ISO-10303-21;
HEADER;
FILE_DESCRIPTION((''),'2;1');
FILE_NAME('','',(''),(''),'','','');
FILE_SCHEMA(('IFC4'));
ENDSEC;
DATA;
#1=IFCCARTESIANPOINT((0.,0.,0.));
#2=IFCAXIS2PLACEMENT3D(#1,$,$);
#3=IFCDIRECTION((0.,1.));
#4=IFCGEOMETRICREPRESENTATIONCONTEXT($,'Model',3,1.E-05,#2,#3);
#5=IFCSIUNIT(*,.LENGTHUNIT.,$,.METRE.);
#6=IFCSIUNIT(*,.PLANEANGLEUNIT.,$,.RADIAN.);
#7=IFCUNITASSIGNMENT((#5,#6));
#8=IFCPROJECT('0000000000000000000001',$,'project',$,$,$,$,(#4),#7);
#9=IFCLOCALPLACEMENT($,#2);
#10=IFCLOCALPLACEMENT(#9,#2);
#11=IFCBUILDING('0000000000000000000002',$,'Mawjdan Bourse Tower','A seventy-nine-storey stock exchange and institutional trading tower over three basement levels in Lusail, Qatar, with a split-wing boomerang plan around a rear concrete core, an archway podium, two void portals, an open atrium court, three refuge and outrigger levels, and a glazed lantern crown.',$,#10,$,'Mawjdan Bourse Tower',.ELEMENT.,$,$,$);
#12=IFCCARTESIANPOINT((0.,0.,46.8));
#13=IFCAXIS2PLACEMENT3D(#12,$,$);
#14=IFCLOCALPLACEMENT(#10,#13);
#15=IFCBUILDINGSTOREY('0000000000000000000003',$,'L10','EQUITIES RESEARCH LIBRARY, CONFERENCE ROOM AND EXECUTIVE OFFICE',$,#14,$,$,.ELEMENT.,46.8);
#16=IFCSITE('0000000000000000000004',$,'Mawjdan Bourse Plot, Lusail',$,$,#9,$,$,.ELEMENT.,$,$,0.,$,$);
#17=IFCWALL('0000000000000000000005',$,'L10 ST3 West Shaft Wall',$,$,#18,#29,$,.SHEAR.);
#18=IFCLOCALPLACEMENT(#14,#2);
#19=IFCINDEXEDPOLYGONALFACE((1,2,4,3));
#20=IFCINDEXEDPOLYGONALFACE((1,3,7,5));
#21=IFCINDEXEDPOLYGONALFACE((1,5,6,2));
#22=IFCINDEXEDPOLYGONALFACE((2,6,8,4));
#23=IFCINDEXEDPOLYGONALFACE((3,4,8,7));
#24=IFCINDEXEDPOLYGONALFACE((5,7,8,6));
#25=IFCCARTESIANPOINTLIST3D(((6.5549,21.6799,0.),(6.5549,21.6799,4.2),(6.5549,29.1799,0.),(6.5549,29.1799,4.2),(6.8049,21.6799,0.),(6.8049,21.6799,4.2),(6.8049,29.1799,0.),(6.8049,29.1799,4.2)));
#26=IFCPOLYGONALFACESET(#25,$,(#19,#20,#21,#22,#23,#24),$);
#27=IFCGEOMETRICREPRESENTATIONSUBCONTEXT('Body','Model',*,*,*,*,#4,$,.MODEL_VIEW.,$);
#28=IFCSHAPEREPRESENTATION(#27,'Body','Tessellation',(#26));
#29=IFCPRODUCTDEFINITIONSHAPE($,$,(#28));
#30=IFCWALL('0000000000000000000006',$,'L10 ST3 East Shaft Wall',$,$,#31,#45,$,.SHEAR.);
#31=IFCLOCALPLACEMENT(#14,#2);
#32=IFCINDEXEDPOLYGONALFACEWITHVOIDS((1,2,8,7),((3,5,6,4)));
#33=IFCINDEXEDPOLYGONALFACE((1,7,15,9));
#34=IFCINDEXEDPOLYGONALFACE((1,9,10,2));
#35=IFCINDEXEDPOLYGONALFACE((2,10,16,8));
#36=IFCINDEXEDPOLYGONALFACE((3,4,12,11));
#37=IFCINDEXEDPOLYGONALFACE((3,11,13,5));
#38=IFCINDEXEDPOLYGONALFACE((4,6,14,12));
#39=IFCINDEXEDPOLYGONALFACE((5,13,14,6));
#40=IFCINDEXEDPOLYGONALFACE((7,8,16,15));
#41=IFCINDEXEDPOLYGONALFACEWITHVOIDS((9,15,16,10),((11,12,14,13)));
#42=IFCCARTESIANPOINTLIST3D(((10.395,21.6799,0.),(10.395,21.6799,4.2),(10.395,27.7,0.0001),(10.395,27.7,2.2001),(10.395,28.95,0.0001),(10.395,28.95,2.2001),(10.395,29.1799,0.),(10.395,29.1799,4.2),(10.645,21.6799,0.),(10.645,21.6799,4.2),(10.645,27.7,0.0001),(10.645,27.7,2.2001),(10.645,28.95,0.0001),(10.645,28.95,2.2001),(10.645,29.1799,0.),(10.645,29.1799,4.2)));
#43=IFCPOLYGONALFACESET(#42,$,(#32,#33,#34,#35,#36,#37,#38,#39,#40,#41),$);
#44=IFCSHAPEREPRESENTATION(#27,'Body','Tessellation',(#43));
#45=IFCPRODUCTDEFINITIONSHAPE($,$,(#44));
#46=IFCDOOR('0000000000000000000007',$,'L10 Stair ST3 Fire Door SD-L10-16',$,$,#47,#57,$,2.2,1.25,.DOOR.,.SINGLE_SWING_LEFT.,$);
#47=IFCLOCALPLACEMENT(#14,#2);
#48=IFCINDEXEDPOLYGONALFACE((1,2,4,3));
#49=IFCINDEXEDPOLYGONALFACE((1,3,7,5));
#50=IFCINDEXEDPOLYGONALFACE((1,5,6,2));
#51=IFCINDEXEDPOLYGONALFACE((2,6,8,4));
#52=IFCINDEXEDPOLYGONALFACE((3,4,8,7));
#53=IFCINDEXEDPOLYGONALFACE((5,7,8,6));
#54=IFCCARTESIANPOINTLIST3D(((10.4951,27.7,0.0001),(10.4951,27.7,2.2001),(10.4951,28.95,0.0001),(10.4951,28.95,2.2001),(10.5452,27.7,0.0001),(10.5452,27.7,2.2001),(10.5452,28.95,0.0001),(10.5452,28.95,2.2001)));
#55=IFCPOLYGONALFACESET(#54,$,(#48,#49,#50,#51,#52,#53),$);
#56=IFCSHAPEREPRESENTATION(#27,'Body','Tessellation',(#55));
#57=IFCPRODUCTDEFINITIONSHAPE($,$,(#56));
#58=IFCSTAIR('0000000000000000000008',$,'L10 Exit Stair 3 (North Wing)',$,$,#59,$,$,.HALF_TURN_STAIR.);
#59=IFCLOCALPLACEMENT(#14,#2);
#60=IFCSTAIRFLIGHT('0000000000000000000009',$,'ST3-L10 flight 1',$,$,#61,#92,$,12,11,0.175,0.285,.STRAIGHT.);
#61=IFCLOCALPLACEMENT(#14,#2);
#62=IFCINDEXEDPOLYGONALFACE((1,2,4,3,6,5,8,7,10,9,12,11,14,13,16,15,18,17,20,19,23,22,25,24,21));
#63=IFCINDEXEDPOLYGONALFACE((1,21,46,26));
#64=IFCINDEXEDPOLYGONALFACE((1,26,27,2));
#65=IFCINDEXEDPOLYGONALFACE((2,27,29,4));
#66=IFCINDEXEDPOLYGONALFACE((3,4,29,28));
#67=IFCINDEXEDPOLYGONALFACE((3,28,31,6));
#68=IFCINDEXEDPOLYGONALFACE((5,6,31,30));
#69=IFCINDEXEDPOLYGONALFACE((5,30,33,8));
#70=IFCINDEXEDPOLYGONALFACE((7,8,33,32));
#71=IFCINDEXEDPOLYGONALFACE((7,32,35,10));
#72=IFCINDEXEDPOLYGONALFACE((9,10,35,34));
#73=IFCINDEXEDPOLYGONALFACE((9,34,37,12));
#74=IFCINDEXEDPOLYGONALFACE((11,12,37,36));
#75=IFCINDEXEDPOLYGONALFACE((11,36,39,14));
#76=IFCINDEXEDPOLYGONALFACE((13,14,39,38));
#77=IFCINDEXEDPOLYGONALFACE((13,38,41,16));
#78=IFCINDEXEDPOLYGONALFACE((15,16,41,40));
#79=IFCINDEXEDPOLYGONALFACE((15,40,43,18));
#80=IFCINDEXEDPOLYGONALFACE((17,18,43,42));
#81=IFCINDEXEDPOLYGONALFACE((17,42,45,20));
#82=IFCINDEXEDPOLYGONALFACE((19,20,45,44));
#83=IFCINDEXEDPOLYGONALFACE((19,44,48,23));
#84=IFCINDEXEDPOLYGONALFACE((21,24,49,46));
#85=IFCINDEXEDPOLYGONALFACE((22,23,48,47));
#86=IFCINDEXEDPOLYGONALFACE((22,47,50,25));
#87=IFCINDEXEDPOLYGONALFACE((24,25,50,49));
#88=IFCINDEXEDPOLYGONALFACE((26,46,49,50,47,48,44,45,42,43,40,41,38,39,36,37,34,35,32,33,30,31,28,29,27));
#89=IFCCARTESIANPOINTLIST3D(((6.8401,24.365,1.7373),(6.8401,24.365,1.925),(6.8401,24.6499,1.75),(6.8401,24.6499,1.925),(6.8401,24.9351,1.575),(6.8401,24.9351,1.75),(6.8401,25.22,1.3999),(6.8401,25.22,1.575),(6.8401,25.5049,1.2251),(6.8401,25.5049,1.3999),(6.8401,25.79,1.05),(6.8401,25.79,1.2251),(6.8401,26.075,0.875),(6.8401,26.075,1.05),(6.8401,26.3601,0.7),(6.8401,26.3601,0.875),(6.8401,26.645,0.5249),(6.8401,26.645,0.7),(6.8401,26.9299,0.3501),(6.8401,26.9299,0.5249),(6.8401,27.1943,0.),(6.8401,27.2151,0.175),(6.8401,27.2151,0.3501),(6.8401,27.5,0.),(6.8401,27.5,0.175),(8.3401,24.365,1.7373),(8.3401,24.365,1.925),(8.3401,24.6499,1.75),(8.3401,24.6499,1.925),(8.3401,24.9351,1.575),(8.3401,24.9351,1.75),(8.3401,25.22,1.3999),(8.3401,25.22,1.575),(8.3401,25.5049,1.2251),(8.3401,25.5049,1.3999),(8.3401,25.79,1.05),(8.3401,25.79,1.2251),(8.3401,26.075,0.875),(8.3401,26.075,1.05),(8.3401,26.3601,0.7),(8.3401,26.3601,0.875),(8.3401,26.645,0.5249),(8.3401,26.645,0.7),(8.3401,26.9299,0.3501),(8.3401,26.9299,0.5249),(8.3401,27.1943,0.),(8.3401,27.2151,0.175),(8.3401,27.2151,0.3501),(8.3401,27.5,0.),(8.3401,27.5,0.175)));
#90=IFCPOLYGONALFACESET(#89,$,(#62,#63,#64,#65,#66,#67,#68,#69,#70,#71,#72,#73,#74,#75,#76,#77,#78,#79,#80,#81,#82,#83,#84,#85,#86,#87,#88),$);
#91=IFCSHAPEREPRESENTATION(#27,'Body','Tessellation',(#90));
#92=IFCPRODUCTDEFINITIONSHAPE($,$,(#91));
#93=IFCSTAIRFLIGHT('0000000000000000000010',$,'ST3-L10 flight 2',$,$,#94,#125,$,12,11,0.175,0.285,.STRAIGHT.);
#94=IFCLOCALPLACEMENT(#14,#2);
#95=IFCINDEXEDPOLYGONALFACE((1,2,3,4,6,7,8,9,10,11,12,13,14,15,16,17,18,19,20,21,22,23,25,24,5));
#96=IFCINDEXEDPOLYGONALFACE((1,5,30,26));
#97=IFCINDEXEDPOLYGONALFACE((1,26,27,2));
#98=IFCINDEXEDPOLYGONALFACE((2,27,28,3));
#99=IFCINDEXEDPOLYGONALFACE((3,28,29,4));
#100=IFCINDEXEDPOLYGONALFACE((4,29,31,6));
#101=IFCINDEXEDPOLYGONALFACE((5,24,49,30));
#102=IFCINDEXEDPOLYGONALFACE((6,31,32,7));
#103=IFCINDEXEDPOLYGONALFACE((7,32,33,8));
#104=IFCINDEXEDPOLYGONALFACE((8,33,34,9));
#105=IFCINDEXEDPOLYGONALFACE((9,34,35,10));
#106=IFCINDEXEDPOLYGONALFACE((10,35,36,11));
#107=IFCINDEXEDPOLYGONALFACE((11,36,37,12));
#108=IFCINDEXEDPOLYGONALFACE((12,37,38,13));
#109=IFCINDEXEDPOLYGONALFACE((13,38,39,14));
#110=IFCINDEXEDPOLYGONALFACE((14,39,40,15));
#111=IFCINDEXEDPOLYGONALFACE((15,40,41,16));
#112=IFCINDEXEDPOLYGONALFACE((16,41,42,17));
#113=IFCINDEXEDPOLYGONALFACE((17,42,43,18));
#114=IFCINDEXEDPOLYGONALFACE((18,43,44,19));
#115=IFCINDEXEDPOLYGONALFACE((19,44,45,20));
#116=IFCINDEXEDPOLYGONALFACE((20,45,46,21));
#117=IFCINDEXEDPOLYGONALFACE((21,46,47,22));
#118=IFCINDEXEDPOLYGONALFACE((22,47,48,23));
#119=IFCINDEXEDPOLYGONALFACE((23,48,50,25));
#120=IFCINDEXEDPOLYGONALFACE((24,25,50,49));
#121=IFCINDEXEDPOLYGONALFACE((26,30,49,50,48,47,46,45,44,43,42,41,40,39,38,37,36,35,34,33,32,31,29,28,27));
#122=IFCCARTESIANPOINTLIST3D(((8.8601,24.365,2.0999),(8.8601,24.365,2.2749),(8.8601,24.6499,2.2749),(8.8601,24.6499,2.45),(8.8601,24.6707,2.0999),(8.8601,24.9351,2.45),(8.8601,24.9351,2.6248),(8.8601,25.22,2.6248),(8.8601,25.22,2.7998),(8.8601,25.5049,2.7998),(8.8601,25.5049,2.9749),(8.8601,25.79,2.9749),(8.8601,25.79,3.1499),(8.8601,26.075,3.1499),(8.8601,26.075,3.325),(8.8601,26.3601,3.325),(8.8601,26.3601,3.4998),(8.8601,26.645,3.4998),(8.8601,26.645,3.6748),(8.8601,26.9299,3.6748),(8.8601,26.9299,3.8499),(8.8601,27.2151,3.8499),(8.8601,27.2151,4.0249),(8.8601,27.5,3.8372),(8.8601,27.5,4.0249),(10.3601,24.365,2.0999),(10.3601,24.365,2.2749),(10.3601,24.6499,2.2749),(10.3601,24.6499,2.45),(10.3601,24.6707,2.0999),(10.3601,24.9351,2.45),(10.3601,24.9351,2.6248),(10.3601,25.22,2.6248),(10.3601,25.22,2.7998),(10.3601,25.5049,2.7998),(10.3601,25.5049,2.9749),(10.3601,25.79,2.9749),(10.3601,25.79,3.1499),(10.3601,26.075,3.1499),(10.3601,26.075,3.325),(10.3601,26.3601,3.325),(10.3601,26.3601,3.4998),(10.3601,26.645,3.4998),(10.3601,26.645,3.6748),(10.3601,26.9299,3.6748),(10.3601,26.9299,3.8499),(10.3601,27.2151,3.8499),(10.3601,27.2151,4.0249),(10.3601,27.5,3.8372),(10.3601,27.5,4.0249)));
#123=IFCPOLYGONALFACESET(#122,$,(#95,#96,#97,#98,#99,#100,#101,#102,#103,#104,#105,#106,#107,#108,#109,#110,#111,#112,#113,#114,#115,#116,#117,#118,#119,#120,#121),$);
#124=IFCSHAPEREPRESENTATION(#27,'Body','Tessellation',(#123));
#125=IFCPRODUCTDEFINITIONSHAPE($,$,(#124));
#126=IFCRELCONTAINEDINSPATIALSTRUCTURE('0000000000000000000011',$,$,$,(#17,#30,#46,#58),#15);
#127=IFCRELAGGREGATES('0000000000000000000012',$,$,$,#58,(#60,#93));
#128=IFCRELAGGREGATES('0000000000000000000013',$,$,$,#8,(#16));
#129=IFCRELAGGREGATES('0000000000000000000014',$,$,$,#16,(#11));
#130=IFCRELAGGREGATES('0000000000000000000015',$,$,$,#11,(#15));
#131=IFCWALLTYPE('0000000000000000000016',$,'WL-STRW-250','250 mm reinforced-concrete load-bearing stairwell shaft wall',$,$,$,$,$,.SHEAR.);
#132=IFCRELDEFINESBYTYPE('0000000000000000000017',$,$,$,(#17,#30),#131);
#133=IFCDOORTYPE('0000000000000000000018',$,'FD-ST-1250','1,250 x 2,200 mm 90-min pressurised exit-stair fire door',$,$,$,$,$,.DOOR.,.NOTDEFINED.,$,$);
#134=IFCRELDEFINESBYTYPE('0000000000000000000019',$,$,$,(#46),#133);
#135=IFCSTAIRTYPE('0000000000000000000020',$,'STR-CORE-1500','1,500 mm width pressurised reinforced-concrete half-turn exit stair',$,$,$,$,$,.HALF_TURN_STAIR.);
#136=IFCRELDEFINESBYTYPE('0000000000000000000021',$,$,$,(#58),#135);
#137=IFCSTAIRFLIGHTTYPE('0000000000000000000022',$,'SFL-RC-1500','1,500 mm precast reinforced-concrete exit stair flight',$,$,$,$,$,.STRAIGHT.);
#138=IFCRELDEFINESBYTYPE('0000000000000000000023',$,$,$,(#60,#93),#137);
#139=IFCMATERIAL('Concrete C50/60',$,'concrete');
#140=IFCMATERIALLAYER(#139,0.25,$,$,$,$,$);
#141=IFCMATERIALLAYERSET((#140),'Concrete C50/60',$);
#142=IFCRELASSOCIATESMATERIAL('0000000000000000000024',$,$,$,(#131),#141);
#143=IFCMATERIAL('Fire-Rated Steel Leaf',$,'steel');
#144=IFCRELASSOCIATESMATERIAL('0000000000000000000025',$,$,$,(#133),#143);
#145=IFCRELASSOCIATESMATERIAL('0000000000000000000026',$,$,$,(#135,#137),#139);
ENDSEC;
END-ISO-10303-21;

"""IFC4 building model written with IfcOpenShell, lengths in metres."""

from ifc_helpers import new_model, si_unit, direction, frame, frame_2d, origin, place, context, subcontext, project, spatial, polyline, rectangle, outline, extrude, material, layer, layer_set, type_object, element, fill, aggregate, save


model = new_model("IFC4")

# Units and contexts
model_context = context("Model", 3, precision=1e-05, world=origin(), true_north=direction((0.0, 1.0)))
body_context = subcontext(model_context, "Body", "Model", "MODEL_VIEW")
ifc_project = project(units=[si_unit("LENGTHUNIT", "METRE"), si_unit("PLANEANGLEUNIT", "RADIAN")], contexts=[model_context])

# Site, building, storey
site_placement = place(None, origin())
site = spatial("IfcSite", under=ifc_project, at=site_placement, Name="Mawjdan Bourse Plot, Lusail", CompositionType="ELEMENT", RefElevation=0.0)
building_placement = place(site_placement, origin())
building = spatial("IfcBuilding", under=site, at=building_placement, Name="Mawjdan Bourse Tower", Description="A seventy-nine-storey stock exchange and institutional trading tower over three basement levels in Lusail, Qatar, with a split-wing boomerang plan around a rear concrete core, an archway podium, two void portals, an open atrium court, three refuge and outrigger levels, and a glazed lantern crown.", LongName="Mawjdan Bourse Tower", CompositionType="ELEMENT")
storey_placement = place(building_placement, frame((0.0, 0.0, 46.8)))
storey = spatial("IfcBuildingStorey", under=building, at=storey_placement, Name="L10", Description="EQUITIES RESEARCH LIBRARY, CONFERENCE ROOM AND EXECUTIVE OFFICE", CompositionType="ELEMENT", Elevation=46.8)

# Wall
ifc_material_1 = material(Name="Concrete C50/60", Category="concrete")
ifc_layer_1 = layer(ifc_material_1, 0.25)
ifc_layer_set_1 = layer_set([ifc_layer_1], Name="Concrete C50/60")
wall_type_1 = type_object("IfcWallType", Name="WL-STRW-250", Description="250 mm reinforced-concrete load-bearing stairwell shaft wall", PredefinedType="SHEAR", material=ifc_layer_set_1)
wall_1_placement = place(storey_placement, frame((6.6799, 21.6799, 0.0), z_axis=(0.0, 0.0, 1.0), x_axis=(0.0, 1.0, 0.0)))
element("IfcWall", 1, at=wall_1_placement, inside=storey, type_object=wall_type_1, Name="L10 ST3 West Shaft Wall", PredefinedType="SHEAR", context=body_context, shape_type="SweptSolid", body=[
    extrude(rectangle(XDim=7.5, YDim=0.25, at=frame_2d((3.75, 0.0))), origin(), (0.0, 0.0, 1.0), 4.2),
])

# Wall, opening, door
wall_2_placement = place(storey_placement, frame((10.52, 21.6799, 0.0), z_axis=(0.0, 0.0, 1.0), x_axis=(0.0, 1.0, 0.0)))
wall_2 = element("IfcWall", 2, at=wall_2_placement, inside=storey, type_object=wall_type_1, Name="L10 ST3 East Shaft Wall", PredefinedType="SHEAR", context=body_context, shape_type="SweptSolid", body=[
    extrude(rectangle(XDim=7.5, YDim=0.25, at=frame_2d((3.75, 0.0))), origin(), (0.0, 0.0, 1.0), 4.2),
])
opening_placement = place(wall_2_placement, frame((6.02, 0.0, 0.0)))
opening = element("IfcOpeningElement", 3, at=opening_placement, cuts=wall_2, PredefinedType="OPENING", context=body_context, shape_type="SweptSolid", body=[
    extrude(rectangle(XDim=1.25, YDim=2.2, at=frame_2d((0.625, 1.1001))), frame((0.0, 0.135, 0.0), z_axis=(0.0, -1.0, 0.0), x_axis=(1.0, 0.0, 0.0)), (0.0, 0.0, 1.0), 0.27),
])
ifc_material_2 = material(Name="Fire-Rated Steel Leaf", Category="steel")
door_type = type_object("IfcDoorType", Name="FD-ST-1250", Description="1,250 x 2,200 mm 90-min pressurised exit-stair fire door", OperationType="NOTDEFINED", PredefinedType="DOOR", material=ifc_material_2)
door_placement = place(opening_placement, origin())
door = element("IfcDoor", 4, at=door_placement, inside=storey, type_object=door_type, Name="L10 Stair ST3 Fire Door SD-L10-16", OperationType="SINGLE_SWING_LEFT", OverallHeight=2.2, OverallWidth=1.25, PredefinedType="DOOR", context=body_context, shape_type="SweptSolid", body=[
    extrude(rectangle(XDim=1.25, YDim=2.2, at=frame_2d((0.625, 1.1001))), frame((0.0, 0.0249, 0.0), z_axis=(0.0, -1.0, 0.0), x_axis=(1.0, 0.0, 0.0)), (0.0, 0.0, 1.0), 0.05),
])
fill(opening, door)

# Stair, stair flights
stair_type = type_object("IfcStairType", Name="STR-CORE-1500", Description="1,500 mm width pressurised reinforced-concrete half-turn exit stair", PredefinedType="HALF_TURN_STAIR", material=ifc_material_1)
stair_placement = place(storey_placement, origin())
stair = element("IfcStair", 5, at=stair_placement, inside=storey, type_object=stair_type, Name="L10 Exit Stair 3 (North Wing)", PredefinedType="HALF_TURN_STAIR")
stair_flight_type = type_object("IfcStairFlightType", Name="SFL-RC-1500", Description="1,500 mm precast reinforced-concrete exit stair flight", PredefinedType="STRAIGHT", material=ifc_material_1)
stair_flight_1_placement = place(storey_placement, frame((7.5901, 27.5, 0.0), z_axis=(0.0, 0.0, 1.0), x_axis=(0.0, -1.0, 0.0)))
stair_flight_1 = element("IfcStairFlight", 6, at=stair_flight_1_placement, type_object=stair_flight_type, Name="ST3-L10 flight 1", NumberOfRisers=12, NumberOfTreads=11, PredefinedType="STRAIGHT", RiserHeight=0.175, TreadLength=0.285, context=body_context, shape_type="SweptSolid", body=[
    extrude(outline(polyline([(0.0, 0.0), (0.0, 0.175), (0.2849, 0.175), (0.2849, 0.3501), (0.5701, 0.3501), (0.5701, 0.5249), (0.855, 0.5249), (0.855, 0.7), (1.1399, 0.7), (1.1399, 0.875), (1.425, 0.875), (1.425, 1.05), (1.71, 1.05), (1.71, 1.2251), (1.9951, 1.2251), (1.9951, 1.3999), (2.28, 1.3999), (2.28, 1.575), (2.5649, 1.575), (2.5649, 1.75), (2.8501, 1.75), (2.8501, 1.925), (3.135, 1.925), (3.135, 2.1001), (3.135, 1.7373), (0.3057, 0.0), (0.0, 0.0)])), frame((0.0, 0.75, 0.0), z_axis=(0.0, -1.0, 0.0), x_axis=(1.0, 0.0, 0.0)), (0.0, 0.0, 1.0), 1.5),
])
stair_flight_2_placement = place(storey_placement, frame((9.6101, 24.365, 2.0999), z_axis=(0.0, 0.0, 1.0), x_axis=(0.0, 1.0, 0.0)))
stair_flight_2 = element("IfcStairFlight", 7, at=stair_flight_2_placement, type_object=stair_flight_type, Name="ST3-L10 flight 2", NumberOfRisers=12, NumberOfTreads=11, PredefinedType="STRAIGHT", RiserHeight=0.175, TreadLength=0.285, context=body_context, shape_type="SweptSolid", body=[
    extrude(outline(polyline([(0.0, 0.0), (0.0, 0.175), (0.2849, 0.175), (0.2849, 0.3501), (0.5701, 0.3501), (0.5701, 0.5249), (0.855, 0.5249), (0.855, 0.7), (1.1399, 0.7), (1.1399, 0.875), (1.425, 0.875), (1.425, 1.05), (1.71, 1.05), (1.71, 1.2251), (1.9951, 1.2251), (1.9951, 1.3999), (2.28, 1.3999), (2.28, 1.575), (2.5649, 1.575), (2.5649, 1.75), (2.8501, 1.75), (2.8501, 1.925), (3.135, 1.925), (3.135, 2.1001), (3.135, 1.7373), (0.3057, 0.0), (0.0, 0.0)])), frame((0.0, 0.75, 0.0), z_axis=(0.0, -1.0, 0.0), x_axis=(1.0, 0.0, 0.0)), (0.0, 0.0, 1.0), 1.5),
])
aggregate(stair, [stair_flight_1, stair_flight_2])

save(model, "model.ifc")
